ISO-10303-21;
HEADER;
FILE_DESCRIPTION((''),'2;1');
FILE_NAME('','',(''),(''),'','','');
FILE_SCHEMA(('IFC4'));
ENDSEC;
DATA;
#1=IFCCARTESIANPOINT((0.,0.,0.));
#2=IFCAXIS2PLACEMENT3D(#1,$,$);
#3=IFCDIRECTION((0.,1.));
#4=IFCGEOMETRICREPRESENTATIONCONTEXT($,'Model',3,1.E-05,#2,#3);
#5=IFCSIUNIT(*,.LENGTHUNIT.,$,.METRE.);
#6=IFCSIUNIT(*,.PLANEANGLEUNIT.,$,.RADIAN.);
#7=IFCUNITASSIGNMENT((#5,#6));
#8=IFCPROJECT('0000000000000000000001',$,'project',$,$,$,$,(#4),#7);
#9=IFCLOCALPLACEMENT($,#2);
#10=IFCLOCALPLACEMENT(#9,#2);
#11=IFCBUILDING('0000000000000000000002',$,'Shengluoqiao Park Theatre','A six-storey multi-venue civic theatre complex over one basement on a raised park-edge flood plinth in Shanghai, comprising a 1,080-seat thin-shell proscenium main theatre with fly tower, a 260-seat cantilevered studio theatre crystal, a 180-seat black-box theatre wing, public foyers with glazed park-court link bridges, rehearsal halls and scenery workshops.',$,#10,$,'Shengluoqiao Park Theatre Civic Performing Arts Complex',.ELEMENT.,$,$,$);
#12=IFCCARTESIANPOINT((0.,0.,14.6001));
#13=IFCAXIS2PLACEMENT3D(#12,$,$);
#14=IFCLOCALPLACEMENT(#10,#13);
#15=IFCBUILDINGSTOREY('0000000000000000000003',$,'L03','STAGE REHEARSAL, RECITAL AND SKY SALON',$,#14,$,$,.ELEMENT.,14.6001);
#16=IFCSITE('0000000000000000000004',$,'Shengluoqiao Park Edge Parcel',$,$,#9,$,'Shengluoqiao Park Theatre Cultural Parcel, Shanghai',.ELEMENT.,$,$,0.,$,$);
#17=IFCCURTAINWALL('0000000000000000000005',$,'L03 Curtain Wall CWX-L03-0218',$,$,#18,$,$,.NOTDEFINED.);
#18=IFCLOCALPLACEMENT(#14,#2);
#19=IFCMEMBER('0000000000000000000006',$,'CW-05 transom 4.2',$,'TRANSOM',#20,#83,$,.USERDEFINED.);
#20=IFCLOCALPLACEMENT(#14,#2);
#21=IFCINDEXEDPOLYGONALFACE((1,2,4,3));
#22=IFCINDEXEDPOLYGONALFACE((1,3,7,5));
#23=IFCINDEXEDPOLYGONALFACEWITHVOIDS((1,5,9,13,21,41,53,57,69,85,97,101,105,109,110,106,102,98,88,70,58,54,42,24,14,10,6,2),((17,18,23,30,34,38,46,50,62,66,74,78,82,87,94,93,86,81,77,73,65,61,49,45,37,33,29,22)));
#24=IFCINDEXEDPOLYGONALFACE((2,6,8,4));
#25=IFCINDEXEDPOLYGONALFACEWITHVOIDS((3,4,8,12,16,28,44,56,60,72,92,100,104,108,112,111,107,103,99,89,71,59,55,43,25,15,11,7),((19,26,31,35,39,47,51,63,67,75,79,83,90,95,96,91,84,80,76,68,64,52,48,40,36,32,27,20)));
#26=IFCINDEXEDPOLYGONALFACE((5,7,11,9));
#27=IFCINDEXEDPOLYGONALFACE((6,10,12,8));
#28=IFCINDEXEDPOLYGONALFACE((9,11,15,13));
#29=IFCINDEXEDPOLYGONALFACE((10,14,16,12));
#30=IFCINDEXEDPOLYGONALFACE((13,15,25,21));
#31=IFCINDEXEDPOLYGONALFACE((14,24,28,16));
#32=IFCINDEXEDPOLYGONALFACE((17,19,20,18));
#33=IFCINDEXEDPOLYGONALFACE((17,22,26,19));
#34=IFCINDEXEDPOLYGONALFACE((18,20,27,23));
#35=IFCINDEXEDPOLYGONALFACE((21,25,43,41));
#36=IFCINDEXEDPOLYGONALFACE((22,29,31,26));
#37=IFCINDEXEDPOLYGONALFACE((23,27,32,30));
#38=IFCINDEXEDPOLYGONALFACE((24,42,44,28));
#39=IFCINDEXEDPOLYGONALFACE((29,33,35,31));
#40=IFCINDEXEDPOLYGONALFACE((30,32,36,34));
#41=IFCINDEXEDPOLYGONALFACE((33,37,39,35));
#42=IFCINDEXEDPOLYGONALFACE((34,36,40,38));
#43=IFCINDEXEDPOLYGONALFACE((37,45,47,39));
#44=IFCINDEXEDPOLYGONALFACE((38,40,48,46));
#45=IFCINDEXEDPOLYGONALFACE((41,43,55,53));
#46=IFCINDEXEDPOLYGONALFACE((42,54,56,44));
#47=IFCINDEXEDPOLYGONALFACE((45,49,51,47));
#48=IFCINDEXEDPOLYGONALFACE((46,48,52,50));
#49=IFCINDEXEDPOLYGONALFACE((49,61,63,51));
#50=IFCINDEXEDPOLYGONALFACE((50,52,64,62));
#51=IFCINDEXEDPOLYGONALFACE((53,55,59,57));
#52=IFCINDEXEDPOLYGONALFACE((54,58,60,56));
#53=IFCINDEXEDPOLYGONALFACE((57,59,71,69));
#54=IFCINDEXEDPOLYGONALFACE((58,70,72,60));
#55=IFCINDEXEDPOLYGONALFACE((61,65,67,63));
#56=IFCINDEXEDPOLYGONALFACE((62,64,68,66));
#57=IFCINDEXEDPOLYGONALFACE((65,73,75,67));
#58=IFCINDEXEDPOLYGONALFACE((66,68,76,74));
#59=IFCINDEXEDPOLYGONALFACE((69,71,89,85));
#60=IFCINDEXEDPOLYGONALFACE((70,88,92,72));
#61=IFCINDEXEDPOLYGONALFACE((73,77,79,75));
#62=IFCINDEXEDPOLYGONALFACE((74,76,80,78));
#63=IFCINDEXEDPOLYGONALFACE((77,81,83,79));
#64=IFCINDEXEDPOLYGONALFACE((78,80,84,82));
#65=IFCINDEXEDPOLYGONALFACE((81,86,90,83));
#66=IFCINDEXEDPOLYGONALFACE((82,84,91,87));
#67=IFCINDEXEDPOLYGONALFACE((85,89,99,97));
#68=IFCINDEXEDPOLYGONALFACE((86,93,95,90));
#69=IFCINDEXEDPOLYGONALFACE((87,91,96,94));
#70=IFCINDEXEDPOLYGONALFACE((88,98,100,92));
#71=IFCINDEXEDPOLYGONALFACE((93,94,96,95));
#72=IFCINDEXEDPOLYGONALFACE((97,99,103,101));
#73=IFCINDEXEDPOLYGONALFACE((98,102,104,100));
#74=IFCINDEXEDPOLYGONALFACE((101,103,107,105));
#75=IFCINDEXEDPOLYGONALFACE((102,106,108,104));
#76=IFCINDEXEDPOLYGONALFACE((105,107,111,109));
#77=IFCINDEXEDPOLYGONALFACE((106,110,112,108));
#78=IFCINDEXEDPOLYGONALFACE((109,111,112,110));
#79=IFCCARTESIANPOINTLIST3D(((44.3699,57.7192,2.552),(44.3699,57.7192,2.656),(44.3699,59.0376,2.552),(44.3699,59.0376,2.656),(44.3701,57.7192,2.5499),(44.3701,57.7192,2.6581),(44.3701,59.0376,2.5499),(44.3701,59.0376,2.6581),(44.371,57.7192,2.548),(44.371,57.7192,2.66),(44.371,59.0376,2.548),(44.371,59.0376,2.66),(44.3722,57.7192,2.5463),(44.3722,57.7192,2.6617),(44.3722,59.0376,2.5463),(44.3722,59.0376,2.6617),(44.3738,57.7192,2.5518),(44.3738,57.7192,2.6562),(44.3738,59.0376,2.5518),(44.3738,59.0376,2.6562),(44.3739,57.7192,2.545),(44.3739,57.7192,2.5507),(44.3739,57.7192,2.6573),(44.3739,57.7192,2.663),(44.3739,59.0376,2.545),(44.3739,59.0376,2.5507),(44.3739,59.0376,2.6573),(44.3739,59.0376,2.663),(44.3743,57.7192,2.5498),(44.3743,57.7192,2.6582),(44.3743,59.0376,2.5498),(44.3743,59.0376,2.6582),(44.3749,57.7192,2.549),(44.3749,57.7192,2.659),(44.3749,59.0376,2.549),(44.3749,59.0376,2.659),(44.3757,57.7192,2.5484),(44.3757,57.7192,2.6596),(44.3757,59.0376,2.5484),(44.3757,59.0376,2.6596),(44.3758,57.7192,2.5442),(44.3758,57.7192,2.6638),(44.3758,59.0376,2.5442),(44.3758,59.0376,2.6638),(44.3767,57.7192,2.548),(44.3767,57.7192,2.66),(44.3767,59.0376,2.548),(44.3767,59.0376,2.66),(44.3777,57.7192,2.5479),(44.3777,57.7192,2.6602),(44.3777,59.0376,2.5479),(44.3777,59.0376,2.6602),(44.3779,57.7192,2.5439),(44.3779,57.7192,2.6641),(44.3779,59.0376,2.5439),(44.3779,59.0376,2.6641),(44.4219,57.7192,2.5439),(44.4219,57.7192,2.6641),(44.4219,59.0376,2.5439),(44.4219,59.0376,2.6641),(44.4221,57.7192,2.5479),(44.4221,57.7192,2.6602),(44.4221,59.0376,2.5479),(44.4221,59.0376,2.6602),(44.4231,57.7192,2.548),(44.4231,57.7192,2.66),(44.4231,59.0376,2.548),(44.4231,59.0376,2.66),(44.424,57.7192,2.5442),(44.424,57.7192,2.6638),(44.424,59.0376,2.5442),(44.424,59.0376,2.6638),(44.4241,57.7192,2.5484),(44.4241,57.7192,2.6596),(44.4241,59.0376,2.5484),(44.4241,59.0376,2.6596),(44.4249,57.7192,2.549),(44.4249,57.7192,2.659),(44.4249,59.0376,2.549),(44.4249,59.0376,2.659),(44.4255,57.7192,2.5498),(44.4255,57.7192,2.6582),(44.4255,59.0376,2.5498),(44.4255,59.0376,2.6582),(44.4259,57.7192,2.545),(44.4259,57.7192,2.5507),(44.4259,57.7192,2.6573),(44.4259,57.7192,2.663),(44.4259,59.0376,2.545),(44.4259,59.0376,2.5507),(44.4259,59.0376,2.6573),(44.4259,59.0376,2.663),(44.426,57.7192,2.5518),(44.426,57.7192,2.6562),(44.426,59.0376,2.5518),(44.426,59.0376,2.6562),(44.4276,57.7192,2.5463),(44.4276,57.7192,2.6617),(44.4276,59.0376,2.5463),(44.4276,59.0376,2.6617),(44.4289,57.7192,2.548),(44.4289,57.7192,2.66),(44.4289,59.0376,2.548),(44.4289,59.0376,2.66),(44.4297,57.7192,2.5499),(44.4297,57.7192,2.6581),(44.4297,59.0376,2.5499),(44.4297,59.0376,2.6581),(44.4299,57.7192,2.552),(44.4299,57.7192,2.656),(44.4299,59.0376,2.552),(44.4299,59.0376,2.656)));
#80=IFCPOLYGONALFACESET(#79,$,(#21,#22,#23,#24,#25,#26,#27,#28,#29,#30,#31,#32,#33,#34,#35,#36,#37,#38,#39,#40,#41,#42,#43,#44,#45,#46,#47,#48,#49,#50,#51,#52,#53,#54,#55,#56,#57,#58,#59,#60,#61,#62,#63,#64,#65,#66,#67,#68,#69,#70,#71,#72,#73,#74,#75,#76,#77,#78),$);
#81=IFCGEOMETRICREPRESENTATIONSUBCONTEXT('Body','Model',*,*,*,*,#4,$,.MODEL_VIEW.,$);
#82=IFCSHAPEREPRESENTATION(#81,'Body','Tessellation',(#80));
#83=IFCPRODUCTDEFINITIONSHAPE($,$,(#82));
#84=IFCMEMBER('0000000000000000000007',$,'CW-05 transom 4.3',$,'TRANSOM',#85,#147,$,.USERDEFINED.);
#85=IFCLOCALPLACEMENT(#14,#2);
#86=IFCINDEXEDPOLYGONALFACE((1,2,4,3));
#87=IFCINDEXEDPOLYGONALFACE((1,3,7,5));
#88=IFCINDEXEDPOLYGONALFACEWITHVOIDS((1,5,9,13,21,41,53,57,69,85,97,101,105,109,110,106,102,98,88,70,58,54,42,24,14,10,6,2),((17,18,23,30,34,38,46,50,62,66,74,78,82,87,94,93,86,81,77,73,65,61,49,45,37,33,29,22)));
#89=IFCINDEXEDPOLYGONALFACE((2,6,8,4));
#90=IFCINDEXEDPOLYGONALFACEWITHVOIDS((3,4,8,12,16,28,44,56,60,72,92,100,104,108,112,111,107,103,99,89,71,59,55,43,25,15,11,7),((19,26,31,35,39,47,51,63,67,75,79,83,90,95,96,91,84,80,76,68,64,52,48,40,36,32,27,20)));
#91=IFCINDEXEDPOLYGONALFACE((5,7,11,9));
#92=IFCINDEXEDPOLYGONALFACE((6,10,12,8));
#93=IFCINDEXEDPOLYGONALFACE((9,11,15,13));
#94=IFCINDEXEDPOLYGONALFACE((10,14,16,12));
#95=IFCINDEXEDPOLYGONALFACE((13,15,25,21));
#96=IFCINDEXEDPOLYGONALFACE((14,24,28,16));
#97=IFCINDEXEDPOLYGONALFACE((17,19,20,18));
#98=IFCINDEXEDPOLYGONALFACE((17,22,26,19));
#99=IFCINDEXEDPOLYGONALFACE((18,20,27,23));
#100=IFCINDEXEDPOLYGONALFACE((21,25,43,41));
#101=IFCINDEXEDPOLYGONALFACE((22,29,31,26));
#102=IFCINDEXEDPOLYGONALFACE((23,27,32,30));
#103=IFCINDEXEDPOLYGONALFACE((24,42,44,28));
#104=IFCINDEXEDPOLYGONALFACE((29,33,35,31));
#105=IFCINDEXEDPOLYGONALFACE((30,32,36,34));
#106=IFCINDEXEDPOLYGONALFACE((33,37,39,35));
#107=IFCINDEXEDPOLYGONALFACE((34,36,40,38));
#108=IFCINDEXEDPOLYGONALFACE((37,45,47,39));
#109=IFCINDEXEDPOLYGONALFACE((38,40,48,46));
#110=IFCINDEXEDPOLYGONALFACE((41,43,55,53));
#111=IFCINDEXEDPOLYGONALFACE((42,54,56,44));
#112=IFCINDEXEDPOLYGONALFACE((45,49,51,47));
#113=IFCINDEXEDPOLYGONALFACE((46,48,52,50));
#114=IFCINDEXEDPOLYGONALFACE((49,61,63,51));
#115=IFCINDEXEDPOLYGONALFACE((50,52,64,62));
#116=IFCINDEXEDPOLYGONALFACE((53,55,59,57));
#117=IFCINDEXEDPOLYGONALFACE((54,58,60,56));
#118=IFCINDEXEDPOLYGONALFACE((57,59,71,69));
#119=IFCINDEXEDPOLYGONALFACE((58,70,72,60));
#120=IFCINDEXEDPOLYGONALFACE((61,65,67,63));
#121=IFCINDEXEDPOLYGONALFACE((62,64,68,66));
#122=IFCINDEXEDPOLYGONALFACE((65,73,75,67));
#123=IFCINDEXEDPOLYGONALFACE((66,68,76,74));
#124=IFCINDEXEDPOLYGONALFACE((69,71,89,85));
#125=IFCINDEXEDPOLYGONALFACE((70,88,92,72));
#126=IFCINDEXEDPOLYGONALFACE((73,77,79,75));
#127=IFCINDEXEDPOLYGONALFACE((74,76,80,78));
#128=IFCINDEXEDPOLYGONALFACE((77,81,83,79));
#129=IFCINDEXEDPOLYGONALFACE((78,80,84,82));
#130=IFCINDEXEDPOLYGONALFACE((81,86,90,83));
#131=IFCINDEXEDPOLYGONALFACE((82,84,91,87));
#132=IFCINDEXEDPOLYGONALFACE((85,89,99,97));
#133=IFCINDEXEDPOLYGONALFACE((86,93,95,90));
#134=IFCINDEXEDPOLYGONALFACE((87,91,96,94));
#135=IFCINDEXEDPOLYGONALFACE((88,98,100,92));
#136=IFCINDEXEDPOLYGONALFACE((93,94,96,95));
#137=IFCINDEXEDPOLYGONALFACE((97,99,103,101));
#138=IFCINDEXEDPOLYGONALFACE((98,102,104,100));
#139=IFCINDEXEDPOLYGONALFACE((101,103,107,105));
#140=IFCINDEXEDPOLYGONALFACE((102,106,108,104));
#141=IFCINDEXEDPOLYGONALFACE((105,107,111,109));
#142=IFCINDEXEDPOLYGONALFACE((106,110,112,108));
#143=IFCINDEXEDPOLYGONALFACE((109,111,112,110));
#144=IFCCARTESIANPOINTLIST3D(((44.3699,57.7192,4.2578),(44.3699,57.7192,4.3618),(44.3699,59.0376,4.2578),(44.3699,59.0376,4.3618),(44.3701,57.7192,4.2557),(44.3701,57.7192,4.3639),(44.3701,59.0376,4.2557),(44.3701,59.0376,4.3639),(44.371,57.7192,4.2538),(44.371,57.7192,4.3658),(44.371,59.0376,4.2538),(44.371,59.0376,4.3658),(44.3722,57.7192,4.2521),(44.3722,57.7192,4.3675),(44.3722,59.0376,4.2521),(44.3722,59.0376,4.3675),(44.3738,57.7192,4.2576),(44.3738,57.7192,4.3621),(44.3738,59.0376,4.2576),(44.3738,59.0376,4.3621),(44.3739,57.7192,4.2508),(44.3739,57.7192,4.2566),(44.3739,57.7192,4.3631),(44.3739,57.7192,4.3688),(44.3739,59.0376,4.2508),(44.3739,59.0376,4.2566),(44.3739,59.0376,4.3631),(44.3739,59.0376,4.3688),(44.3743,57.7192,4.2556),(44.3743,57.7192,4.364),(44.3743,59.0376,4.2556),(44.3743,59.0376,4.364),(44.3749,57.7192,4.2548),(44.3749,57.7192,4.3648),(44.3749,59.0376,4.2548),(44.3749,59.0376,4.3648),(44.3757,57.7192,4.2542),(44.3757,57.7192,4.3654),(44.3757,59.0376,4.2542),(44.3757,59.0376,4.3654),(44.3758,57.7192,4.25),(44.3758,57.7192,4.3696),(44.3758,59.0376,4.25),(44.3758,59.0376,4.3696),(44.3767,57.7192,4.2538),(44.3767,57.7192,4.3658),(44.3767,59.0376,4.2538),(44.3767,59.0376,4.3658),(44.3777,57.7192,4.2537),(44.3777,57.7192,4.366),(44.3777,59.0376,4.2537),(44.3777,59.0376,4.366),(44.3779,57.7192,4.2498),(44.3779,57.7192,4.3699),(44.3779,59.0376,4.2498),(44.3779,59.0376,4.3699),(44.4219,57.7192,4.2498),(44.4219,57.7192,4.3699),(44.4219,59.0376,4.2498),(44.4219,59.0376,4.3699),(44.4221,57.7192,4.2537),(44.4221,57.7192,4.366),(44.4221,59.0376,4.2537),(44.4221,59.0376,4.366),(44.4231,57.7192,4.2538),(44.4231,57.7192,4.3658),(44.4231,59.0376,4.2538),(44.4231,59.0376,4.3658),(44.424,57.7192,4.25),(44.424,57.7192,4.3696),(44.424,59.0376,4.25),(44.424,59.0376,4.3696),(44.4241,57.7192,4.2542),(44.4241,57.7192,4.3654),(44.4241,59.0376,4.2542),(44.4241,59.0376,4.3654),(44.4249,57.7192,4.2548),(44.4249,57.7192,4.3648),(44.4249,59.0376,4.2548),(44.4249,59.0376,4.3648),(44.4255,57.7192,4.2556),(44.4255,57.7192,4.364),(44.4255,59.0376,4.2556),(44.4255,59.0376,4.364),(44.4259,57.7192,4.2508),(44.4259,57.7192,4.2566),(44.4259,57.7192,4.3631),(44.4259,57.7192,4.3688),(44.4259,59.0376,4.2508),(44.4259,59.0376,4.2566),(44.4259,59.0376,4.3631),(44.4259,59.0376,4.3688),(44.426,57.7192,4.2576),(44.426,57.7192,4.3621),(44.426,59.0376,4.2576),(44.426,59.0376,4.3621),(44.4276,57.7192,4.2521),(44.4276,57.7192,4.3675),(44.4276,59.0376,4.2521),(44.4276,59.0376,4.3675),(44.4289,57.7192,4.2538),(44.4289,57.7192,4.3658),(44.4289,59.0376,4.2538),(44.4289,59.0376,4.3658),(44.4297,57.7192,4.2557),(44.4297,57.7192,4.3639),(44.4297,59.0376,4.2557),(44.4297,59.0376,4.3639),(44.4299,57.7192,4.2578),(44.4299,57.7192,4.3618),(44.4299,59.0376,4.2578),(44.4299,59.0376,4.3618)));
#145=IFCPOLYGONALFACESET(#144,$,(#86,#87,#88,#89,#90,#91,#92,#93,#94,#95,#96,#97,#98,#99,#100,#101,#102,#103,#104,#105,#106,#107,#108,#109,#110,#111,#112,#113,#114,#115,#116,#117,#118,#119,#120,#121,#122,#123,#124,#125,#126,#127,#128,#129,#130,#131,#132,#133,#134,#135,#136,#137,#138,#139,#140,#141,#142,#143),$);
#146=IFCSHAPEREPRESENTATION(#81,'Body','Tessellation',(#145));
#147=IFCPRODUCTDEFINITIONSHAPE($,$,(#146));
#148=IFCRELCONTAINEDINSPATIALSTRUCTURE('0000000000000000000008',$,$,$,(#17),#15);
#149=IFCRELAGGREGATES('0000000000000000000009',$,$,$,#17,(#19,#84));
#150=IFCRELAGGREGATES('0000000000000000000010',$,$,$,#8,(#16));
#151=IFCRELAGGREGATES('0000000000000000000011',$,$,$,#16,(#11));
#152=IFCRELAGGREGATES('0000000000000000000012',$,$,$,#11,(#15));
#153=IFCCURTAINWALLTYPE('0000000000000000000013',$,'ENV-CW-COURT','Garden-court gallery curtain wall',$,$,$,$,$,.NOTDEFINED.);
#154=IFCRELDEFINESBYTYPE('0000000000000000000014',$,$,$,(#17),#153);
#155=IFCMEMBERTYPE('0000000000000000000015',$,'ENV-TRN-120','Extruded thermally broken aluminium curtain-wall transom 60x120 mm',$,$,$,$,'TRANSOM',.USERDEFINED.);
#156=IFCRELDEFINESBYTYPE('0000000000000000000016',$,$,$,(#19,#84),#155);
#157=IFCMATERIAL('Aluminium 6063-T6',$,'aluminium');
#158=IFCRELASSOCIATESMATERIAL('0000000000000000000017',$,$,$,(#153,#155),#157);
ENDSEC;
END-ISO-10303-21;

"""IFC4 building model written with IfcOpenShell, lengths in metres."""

from ifc_helpers import new_model, si_unit, direction, frame, origin, origin_2d, place, context, subcontext, project, spatial, hollow_rectangle, extrude, material, material_profile, profile_set, type_object, element, aggregate, save


model = new_model("IFC4")

# Units and contexts
model_context = context("Model", 3, precision=1e-05, world=origin(), true_north=direction((0.0, 1.0)))
body_context = subcontext(model_context, "Body", "Model", "MODEL_VIEW")
ifc_project = project(units=[si_unit("LENGTHUNIT", "METRE"), si_unit("PLANEANGLEUNIT", "RADIAN")], contexts=[model_context])

# Site, building, storey
site_placement = place(None, origin())
site = spatial("IfcSite", under=ifc_project, at=site_placement, Name="Shengluoqiao Park Edge Parcel", LongName="Shengluoqiao Park Theatre Cultural Parcel, Shanghai", CompositionType="ELEMENT", RefElevation=0.0)
building_placement = place(site_placement, origin())
building = spatial("IfcBuilding", under=site, at=building_placement, Name="Shengluoqiao Park Theatre", Description="A six-storey multi-venue civic theatre complex over one basement on a raised park-edge flood plinth in Shanghai, comprising a 1,080-seat thin-shell proscenium main theatre with fly tower, a 260-seat cantilevered studio theatre crystal, a 180-seat black-box theatre wing, public foyers with glazed park-court link bridges, rehearsal halls and scenery workshops.", LongName="Shengluoqiao Park Theatre Civic Performing Arts Complex", CompositionType="ELEMENT")
storey_placement = place(building_placement, frame((0.0, 0.0, 14.6001)))
storey = spatial("IfcBuildingStorey", under=building, at=storey_placement, Name="L03", Description="STAGE REHEARSAL, RECITAL AND SKY SALON", CompositionType="ELEMENT", Elevation=14.6001)

# Curtain wall
ifc_material_1 = material(Name="Aluminium 6063-T6", Category="aluminium")
curtain_wall_type = type_object("IfcCurtainWallType", Name="ENV-CW-COURT", Description="Garden-court gallery curtain wall", PredefinedType="NOTDEFINED", material=ifc_material_1)
curtain_wall_1_placement = place(storey_placement, origin())
curtain_wall_1 = element("IfcCurtainWall", 1, at=curtain_wall_1_placement, inside=storey, type_object=curtain_wall_type, Name="L03 Curtain Wall CWX-L03-0218", PredefinedType="NOTDEFINED")

# Members
ifc_material_profile_1 = material_profile(ifc_material_1, hollow_rectangle(XDim=0.0601, YDim=0.1201, WallThickness=0.0039, InnerFilletRadius=0.0039, OuterFilletRadius=0.0081, at=origin_2d()), Name="ALU TRANSOM 120x60x4")
ifc_profile_set_1 = profile_set([ifc_material_profile_1], Name="Aluminium 6063-T6")
member_type_1 = type_object("IfcMemberType", Name="ENV-TRN-120", Description="Extruded thermally broken aluminium curtain-wall transom 60x120 mm", ElementType="TRANSOM", PredefinedType="USERDEFINED", material=ifc_profile_set_1)
member_1_placement = place(storey_placement, frame((44.3999, 57.7192, 2.604), z_axis=(0.0, 1.0, 0.0), x_axis=(-1.0, 0.0, 0.0)))
member_1 = element("IfcMember", 2, at=member_1_placement, type_object=member_type_1, Name="CW-05 transom 4.2", ObjectType="TRANSOM", PredefinedType="USERDEFINED", context=body_context, shape_type="SweptSolid", body=[
    extrude(hollow_rectangle(XDim=0.0601, YDim=0.1201, WallThickness=0.0039, InnerFilletRadius=0.0039, OuterFilletRadius=0.0081, at=origin_2d()), origin(), (0.0, 0.0, 1.0), 1.3184),
])
member_2_placement = place(storey_placement, frame((44.3999, 57.7192, 4.3098), z_axis=(0.0, 1.0, 0.0), x_axis=(-1.0, 0.0, 0.0)))
member_2 = element("IfcMember", 3, at=member_2_placement, type_object=member_type_1, Name="CW-05 transom 4.3", ObjectType="TRANSOM", PredefinedType="USERDEFINED", context=body_context, shape_type="SweptSolid", body=[
    extrude(hollow_rectangle(XDim=0.0601, YDim=0.1201, WallThickness=0.0039, InnerFilletRadius=0.0039, OuterFilletRadius=0.0081, at=origin_2d()), origin(), (0.0, 0.0, 1.0), 1.3184),
])

aggregate(curtain_wall_1, [member_1, member_2])

save(model, "model.ifc")
